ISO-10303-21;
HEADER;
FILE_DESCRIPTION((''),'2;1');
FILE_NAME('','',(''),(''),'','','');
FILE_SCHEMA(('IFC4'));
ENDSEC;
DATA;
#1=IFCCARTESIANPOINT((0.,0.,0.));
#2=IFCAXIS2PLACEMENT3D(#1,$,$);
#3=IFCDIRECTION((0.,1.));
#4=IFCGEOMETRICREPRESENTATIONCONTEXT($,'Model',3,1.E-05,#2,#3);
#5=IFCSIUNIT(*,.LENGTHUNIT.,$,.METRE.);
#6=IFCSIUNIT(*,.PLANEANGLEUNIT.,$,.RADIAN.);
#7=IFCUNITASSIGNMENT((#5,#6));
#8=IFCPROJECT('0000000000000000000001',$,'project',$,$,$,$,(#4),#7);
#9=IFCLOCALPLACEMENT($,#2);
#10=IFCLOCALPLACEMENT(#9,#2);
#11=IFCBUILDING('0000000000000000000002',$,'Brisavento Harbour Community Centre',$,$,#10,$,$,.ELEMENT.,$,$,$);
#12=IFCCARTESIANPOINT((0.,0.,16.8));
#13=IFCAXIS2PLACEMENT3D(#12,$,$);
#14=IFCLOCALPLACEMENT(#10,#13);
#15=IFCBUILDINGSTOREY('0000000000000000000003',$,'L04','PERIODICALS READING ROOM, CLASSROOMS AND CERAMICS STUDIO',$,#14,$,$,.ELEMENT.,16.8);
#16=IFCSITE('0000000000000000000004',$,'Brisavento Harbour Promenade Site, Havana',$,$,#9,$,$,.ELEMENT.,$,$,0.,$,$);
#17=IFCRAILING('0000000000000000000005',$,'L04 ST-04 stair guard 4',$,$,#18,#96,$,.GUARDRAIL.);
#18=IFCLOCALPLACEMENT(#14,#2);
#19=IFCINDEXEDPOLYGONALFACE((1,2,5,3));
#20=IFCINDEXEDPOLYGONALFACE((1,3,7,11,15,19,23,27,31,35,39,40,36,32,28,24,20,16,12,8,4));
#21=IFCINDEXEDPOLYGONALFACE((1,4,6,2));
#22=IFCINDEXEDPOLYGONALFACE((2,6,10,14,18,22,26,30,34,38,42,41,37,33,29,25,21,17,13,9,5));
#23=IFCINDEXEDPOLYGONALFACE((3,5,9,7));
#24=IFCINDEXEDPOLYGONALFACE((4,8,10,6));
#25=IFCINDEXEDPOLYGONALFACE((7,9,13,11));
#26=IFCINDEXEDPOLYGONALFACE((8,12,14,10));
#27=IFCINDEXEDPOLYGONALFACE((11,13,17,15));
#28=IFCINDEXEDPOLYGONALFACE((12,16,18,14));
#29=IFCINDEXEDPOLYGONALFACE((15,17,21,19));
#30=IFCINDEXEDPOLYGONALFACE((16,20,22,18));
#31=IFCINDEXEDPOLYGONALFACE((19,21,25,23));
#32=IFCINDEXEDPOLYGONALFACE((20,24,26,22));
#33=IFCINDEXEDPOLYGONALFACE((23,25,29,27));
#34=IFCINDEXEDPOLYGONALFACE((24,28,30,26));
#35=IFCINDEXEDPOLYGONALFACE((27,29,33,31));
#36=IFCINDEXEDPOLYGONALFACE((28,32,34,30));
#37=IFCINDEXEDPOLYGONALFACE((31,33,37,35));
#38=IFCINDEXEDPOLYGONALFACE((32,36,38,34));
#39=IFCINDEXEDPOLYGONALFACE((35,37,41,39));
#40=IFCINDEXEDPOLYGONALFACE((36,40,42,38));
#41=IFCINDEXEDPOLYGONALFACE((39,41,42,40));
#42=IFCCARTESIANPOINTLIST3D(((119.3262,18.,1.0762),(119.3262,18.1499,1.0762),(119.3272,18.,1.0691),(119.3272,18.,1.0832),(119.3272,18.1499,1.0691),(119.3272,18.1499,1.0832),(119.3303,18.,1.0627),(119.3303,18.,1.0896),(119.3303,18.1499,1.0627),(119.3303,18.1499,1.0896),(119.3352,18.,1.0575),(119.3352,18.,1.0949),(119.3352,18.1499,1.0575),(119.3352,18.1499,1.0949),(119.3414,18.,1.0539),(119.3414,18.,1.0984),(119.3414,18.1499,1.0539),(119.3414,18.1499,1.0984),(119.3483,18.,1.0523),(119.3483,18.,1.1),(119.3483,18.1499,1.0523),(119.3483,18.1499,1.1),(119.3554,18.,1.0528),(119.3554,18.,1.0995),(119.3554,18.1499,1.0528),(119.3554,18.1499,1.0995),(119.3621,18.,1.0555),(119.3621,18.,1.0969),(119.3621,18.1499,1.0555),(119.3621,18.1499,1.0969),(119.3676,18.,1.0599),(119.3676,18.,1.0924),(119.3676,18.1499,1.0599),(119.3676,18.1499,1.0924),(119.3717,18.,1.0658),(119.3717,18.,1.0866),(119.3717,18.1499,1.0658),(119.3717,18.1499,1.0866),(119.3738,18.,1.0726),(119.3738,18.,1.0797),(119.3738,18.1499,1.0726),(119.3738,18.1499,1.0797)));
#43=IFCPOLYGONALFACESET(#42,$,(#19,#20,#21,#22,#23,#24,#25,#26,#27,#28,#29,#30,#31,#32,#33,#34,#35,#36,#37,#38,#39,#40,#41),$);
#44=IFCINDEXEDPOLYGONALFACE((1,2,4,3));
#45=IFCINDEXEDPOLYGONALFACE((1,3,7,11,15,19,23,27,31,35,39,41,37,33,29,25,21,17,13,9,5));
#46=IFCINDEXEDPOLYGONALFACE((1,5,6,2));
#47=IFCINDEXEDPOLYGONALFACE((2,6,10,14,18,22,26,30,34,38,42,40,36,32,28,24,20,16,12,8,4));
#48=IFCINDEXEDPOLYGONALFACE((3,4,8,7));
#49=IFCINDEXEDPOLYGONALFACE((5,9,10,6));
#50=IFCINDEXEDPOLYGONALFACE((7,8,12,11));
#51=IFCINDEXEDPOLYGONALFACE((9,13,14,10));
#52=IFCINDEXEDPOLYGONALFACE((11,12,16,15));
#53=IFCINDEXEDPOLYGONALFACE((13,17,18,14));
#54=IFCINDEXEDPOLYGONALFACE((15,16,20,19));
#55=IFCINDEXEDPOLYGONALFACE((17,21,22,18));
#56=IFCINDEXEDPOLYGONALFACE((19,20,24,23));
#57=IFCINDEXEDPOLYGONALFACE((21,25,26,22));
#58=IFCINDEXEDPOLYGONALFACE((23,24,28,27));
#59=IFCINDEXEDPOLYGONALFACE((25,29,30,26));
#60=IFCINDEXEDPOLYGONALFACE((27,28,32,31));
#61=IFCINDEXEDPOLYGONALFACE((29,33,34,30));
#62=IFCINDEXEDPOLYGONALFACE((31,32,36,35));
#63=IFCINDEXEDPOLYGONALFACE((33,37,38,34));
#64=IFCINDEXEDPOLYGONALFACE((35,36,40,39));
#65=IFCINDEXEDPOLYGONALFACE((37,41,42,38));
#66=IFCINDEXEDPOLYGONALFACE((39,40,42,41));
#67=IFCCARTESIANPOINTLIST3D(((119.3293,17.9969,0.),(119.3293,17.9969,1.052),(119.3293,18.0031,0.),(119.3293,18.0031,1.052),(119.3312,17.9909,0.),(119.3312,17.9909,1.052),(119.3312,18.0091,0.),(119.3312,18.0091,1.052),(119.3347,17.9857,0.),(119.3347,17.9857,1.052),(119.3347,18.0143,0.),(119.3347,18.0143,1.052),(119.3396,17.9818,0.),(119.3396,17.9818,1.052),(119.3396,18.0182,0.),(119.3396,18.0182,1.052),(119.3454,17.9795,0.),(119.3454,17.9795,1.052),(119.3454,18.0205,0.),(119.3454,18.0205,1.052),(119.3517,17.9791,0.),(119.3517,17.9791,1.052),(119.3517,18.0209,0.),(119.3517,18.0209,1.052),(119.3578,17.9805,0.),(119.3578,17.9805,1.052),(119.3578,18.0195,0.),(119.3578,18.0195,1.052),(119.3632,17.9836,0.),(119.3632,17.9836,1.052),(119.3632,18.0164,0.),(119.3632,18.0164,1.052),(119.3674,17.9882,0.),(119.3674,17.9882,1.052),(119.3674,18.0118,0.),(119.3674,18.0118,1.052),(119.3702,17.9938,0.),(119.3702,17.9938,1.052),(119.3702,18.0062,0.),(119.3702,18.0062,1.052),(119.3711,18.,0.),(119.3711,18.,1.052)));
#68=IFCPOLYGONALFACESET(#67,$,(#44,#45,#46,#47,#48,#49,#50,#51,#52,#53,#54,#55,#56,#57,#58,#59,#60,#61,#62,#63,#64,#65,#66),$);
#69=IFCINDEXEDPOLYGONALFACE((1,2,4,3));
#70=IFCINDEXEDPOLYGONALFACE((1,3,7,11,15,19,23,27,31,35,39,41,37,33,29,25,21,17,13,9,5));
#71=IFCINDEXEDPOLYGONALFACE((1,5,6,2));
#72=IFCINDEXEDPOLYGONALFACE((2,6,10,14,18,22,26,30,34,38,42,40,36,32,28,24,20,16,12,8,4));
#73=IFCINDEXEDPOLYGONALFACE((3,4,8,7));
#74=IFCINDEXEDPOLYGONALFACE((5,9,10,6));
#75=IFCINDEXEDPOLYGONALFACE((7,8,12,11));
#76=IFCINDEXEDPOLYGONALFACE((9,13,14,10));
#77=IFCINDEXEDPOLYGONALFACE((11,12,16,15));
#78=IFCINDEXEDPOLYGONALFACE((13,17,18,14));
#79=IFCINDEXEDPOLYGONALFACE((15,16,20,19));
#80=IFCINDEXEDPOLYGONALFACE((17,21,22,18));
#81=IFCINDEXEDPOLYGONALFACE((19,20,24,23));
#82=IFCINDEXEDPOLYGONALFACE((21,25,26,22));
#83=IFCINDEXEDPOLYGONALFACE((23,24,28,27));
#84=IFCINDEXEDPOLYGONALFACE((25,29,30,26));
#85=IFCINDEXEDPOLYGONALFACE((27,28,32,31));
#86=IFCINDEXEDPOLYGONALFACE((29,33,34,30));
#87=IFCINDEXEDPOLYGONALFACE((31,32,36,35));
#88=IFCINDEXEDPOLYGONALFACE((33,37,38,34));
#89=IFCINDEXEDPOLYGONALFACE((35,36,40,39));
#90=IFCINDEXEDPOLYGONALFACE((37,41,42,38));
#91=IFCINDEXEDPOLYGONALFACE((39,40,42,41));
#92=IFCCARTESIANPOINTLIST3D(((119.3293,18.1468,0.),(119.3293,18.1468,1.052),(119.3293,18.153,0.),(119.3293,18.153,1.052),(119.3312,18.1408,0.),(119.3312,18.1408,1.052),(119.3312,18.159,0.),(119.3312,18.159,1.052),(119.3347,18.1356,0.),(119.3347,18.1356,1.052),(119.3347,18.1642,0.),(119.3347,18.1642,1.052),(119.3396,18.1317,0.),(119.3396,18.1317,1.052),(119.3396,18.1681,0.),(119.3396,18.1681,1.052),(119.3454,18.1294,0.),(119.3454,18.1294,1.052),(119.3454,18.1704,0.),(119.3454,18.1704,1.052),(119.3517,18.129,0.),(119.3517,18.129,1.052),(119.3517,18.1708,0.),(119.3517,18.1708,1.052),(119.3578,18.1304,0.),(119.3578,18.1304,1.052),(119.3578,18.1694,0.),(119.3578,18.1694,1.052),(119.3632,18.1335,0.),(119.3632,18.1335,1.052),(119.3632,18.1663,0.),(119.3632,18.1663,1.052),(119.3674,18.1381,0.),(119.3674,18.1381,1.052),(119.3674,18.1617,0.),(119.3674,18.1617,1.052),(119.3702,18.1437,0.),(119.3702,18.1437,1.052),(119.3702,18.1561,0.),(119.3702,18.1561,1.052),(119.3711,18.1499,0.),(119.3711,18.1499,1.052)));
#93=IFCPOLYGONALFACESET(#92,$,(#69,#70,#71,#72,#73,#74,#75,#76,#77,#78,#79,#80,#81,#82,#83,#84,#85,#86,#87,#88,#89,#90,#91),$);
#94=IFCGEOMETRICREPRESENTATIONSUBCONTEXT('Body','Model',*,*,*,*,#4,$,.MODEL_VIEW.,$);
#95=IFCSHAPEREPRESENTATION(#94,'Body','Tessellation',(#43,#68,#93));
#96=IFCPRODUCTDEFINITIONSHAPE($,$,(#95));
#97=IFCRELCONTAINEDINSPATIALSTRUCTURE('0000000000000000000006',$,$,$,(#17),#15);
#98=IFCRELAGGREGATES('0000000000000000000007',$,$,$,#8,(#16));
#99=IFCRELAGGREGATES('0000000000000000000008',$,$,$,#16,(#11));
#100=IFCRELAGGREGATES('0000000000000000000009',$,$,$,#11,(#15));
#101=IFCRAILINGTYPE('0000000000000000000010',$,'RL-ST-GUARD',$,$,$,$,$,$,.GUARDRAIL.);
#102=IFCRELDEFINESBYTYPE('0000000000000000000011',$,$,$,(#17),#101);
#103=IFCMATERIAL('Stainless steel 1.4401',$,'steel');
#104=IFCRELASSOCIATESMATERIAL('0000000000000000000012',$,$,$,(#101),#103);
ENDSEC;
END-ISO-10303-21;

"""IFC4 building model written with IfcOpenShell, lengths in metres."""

from ifc_helpers import new_model, si_unit, direction, frame, origin, origin_2d, place, context, subcontext, project, spatial, circle, extrude, material, type_object, element, save


model = new_model("IFC4")

# Units and contexts
model_context = context("Model", 3, precision=1e-05, world=origin(), true_north=direction((0.0, 1.0)))
body_context = subcontext(model_context, "Body", "Model", "MODEL_VIEW")
ifc_project = project(units=[si_unit("LENGTHUNIT", "METRE"), si_unit("PLANEANGLEUNIT", "RADIAN")], contexts=[model_context])

# Site, building, storey
site_placement = place(None, origin())
site = spatial("IfcSite", under=ifc_project, at=site_placement, Name="Brisavento Harbour Promenade Site, Havana", CompositionType="ELEMENT", RefElevation=0.0)
building_placement = place(site_placement, origin())
building = spatial("IfcBuilding", under=site, at=building_placement, Name="Brisavento Harbour Community Centre", CompositionType="ELEMENT")
storey_placement = place(building_placement, frame((0.0, 0.0, 16.8)))
storey = spatial("IfcBuildingStorey", under=building, at=storey_placement, Name="L04", Description="PERIODICALS READING ROOM, CLASSROOMS AND CERAMICS STUDIO", CompositionType="ELEMENT", Elevation=16.8)

# Shared definitions
ifc_material_1 = material(Name="Stainless steel 1.4401", Category="steel")

# Railing
railing_type_1 = type_object("IfcRailingType", Name="RL-ST-GUARD", PredefinedType="GUARDRAIL", material=ifc_material_1)
railing_1_placement = place(storey_placement, frame((119.3501, 18.0, 0.0)))
element("IfcRailing", 1, at=railing_1_placement, inside=storey, type_object=railing_type_1, Name="L04 ST-04 stair guard 4", PredefinedType="GUARDRAIL", context=body_context, shape_type="SweptSolid", body=[
    extrude(circle(Radius=0.0239, at=origin_2d()), frame((0.0, 0.0, 1.0762), z_axis=(0.0, 1.0, 0.0), x_axis=(-1.0, 0.0, 0.0)), (0.0, 0.0, 1.0), 0.1499),
    extrude(circle(Radius=0.021, at=origin_2d()), origin(), (0.0, 0.0, 1.0), 1.052),
    extrude(circle(Radius=0.021, at=origin_2d()), frame((0.0, 0.1499, 0.0)), (0.0, 0.0, 1.0), 1.052),
])

save(model, "model.ifc")
